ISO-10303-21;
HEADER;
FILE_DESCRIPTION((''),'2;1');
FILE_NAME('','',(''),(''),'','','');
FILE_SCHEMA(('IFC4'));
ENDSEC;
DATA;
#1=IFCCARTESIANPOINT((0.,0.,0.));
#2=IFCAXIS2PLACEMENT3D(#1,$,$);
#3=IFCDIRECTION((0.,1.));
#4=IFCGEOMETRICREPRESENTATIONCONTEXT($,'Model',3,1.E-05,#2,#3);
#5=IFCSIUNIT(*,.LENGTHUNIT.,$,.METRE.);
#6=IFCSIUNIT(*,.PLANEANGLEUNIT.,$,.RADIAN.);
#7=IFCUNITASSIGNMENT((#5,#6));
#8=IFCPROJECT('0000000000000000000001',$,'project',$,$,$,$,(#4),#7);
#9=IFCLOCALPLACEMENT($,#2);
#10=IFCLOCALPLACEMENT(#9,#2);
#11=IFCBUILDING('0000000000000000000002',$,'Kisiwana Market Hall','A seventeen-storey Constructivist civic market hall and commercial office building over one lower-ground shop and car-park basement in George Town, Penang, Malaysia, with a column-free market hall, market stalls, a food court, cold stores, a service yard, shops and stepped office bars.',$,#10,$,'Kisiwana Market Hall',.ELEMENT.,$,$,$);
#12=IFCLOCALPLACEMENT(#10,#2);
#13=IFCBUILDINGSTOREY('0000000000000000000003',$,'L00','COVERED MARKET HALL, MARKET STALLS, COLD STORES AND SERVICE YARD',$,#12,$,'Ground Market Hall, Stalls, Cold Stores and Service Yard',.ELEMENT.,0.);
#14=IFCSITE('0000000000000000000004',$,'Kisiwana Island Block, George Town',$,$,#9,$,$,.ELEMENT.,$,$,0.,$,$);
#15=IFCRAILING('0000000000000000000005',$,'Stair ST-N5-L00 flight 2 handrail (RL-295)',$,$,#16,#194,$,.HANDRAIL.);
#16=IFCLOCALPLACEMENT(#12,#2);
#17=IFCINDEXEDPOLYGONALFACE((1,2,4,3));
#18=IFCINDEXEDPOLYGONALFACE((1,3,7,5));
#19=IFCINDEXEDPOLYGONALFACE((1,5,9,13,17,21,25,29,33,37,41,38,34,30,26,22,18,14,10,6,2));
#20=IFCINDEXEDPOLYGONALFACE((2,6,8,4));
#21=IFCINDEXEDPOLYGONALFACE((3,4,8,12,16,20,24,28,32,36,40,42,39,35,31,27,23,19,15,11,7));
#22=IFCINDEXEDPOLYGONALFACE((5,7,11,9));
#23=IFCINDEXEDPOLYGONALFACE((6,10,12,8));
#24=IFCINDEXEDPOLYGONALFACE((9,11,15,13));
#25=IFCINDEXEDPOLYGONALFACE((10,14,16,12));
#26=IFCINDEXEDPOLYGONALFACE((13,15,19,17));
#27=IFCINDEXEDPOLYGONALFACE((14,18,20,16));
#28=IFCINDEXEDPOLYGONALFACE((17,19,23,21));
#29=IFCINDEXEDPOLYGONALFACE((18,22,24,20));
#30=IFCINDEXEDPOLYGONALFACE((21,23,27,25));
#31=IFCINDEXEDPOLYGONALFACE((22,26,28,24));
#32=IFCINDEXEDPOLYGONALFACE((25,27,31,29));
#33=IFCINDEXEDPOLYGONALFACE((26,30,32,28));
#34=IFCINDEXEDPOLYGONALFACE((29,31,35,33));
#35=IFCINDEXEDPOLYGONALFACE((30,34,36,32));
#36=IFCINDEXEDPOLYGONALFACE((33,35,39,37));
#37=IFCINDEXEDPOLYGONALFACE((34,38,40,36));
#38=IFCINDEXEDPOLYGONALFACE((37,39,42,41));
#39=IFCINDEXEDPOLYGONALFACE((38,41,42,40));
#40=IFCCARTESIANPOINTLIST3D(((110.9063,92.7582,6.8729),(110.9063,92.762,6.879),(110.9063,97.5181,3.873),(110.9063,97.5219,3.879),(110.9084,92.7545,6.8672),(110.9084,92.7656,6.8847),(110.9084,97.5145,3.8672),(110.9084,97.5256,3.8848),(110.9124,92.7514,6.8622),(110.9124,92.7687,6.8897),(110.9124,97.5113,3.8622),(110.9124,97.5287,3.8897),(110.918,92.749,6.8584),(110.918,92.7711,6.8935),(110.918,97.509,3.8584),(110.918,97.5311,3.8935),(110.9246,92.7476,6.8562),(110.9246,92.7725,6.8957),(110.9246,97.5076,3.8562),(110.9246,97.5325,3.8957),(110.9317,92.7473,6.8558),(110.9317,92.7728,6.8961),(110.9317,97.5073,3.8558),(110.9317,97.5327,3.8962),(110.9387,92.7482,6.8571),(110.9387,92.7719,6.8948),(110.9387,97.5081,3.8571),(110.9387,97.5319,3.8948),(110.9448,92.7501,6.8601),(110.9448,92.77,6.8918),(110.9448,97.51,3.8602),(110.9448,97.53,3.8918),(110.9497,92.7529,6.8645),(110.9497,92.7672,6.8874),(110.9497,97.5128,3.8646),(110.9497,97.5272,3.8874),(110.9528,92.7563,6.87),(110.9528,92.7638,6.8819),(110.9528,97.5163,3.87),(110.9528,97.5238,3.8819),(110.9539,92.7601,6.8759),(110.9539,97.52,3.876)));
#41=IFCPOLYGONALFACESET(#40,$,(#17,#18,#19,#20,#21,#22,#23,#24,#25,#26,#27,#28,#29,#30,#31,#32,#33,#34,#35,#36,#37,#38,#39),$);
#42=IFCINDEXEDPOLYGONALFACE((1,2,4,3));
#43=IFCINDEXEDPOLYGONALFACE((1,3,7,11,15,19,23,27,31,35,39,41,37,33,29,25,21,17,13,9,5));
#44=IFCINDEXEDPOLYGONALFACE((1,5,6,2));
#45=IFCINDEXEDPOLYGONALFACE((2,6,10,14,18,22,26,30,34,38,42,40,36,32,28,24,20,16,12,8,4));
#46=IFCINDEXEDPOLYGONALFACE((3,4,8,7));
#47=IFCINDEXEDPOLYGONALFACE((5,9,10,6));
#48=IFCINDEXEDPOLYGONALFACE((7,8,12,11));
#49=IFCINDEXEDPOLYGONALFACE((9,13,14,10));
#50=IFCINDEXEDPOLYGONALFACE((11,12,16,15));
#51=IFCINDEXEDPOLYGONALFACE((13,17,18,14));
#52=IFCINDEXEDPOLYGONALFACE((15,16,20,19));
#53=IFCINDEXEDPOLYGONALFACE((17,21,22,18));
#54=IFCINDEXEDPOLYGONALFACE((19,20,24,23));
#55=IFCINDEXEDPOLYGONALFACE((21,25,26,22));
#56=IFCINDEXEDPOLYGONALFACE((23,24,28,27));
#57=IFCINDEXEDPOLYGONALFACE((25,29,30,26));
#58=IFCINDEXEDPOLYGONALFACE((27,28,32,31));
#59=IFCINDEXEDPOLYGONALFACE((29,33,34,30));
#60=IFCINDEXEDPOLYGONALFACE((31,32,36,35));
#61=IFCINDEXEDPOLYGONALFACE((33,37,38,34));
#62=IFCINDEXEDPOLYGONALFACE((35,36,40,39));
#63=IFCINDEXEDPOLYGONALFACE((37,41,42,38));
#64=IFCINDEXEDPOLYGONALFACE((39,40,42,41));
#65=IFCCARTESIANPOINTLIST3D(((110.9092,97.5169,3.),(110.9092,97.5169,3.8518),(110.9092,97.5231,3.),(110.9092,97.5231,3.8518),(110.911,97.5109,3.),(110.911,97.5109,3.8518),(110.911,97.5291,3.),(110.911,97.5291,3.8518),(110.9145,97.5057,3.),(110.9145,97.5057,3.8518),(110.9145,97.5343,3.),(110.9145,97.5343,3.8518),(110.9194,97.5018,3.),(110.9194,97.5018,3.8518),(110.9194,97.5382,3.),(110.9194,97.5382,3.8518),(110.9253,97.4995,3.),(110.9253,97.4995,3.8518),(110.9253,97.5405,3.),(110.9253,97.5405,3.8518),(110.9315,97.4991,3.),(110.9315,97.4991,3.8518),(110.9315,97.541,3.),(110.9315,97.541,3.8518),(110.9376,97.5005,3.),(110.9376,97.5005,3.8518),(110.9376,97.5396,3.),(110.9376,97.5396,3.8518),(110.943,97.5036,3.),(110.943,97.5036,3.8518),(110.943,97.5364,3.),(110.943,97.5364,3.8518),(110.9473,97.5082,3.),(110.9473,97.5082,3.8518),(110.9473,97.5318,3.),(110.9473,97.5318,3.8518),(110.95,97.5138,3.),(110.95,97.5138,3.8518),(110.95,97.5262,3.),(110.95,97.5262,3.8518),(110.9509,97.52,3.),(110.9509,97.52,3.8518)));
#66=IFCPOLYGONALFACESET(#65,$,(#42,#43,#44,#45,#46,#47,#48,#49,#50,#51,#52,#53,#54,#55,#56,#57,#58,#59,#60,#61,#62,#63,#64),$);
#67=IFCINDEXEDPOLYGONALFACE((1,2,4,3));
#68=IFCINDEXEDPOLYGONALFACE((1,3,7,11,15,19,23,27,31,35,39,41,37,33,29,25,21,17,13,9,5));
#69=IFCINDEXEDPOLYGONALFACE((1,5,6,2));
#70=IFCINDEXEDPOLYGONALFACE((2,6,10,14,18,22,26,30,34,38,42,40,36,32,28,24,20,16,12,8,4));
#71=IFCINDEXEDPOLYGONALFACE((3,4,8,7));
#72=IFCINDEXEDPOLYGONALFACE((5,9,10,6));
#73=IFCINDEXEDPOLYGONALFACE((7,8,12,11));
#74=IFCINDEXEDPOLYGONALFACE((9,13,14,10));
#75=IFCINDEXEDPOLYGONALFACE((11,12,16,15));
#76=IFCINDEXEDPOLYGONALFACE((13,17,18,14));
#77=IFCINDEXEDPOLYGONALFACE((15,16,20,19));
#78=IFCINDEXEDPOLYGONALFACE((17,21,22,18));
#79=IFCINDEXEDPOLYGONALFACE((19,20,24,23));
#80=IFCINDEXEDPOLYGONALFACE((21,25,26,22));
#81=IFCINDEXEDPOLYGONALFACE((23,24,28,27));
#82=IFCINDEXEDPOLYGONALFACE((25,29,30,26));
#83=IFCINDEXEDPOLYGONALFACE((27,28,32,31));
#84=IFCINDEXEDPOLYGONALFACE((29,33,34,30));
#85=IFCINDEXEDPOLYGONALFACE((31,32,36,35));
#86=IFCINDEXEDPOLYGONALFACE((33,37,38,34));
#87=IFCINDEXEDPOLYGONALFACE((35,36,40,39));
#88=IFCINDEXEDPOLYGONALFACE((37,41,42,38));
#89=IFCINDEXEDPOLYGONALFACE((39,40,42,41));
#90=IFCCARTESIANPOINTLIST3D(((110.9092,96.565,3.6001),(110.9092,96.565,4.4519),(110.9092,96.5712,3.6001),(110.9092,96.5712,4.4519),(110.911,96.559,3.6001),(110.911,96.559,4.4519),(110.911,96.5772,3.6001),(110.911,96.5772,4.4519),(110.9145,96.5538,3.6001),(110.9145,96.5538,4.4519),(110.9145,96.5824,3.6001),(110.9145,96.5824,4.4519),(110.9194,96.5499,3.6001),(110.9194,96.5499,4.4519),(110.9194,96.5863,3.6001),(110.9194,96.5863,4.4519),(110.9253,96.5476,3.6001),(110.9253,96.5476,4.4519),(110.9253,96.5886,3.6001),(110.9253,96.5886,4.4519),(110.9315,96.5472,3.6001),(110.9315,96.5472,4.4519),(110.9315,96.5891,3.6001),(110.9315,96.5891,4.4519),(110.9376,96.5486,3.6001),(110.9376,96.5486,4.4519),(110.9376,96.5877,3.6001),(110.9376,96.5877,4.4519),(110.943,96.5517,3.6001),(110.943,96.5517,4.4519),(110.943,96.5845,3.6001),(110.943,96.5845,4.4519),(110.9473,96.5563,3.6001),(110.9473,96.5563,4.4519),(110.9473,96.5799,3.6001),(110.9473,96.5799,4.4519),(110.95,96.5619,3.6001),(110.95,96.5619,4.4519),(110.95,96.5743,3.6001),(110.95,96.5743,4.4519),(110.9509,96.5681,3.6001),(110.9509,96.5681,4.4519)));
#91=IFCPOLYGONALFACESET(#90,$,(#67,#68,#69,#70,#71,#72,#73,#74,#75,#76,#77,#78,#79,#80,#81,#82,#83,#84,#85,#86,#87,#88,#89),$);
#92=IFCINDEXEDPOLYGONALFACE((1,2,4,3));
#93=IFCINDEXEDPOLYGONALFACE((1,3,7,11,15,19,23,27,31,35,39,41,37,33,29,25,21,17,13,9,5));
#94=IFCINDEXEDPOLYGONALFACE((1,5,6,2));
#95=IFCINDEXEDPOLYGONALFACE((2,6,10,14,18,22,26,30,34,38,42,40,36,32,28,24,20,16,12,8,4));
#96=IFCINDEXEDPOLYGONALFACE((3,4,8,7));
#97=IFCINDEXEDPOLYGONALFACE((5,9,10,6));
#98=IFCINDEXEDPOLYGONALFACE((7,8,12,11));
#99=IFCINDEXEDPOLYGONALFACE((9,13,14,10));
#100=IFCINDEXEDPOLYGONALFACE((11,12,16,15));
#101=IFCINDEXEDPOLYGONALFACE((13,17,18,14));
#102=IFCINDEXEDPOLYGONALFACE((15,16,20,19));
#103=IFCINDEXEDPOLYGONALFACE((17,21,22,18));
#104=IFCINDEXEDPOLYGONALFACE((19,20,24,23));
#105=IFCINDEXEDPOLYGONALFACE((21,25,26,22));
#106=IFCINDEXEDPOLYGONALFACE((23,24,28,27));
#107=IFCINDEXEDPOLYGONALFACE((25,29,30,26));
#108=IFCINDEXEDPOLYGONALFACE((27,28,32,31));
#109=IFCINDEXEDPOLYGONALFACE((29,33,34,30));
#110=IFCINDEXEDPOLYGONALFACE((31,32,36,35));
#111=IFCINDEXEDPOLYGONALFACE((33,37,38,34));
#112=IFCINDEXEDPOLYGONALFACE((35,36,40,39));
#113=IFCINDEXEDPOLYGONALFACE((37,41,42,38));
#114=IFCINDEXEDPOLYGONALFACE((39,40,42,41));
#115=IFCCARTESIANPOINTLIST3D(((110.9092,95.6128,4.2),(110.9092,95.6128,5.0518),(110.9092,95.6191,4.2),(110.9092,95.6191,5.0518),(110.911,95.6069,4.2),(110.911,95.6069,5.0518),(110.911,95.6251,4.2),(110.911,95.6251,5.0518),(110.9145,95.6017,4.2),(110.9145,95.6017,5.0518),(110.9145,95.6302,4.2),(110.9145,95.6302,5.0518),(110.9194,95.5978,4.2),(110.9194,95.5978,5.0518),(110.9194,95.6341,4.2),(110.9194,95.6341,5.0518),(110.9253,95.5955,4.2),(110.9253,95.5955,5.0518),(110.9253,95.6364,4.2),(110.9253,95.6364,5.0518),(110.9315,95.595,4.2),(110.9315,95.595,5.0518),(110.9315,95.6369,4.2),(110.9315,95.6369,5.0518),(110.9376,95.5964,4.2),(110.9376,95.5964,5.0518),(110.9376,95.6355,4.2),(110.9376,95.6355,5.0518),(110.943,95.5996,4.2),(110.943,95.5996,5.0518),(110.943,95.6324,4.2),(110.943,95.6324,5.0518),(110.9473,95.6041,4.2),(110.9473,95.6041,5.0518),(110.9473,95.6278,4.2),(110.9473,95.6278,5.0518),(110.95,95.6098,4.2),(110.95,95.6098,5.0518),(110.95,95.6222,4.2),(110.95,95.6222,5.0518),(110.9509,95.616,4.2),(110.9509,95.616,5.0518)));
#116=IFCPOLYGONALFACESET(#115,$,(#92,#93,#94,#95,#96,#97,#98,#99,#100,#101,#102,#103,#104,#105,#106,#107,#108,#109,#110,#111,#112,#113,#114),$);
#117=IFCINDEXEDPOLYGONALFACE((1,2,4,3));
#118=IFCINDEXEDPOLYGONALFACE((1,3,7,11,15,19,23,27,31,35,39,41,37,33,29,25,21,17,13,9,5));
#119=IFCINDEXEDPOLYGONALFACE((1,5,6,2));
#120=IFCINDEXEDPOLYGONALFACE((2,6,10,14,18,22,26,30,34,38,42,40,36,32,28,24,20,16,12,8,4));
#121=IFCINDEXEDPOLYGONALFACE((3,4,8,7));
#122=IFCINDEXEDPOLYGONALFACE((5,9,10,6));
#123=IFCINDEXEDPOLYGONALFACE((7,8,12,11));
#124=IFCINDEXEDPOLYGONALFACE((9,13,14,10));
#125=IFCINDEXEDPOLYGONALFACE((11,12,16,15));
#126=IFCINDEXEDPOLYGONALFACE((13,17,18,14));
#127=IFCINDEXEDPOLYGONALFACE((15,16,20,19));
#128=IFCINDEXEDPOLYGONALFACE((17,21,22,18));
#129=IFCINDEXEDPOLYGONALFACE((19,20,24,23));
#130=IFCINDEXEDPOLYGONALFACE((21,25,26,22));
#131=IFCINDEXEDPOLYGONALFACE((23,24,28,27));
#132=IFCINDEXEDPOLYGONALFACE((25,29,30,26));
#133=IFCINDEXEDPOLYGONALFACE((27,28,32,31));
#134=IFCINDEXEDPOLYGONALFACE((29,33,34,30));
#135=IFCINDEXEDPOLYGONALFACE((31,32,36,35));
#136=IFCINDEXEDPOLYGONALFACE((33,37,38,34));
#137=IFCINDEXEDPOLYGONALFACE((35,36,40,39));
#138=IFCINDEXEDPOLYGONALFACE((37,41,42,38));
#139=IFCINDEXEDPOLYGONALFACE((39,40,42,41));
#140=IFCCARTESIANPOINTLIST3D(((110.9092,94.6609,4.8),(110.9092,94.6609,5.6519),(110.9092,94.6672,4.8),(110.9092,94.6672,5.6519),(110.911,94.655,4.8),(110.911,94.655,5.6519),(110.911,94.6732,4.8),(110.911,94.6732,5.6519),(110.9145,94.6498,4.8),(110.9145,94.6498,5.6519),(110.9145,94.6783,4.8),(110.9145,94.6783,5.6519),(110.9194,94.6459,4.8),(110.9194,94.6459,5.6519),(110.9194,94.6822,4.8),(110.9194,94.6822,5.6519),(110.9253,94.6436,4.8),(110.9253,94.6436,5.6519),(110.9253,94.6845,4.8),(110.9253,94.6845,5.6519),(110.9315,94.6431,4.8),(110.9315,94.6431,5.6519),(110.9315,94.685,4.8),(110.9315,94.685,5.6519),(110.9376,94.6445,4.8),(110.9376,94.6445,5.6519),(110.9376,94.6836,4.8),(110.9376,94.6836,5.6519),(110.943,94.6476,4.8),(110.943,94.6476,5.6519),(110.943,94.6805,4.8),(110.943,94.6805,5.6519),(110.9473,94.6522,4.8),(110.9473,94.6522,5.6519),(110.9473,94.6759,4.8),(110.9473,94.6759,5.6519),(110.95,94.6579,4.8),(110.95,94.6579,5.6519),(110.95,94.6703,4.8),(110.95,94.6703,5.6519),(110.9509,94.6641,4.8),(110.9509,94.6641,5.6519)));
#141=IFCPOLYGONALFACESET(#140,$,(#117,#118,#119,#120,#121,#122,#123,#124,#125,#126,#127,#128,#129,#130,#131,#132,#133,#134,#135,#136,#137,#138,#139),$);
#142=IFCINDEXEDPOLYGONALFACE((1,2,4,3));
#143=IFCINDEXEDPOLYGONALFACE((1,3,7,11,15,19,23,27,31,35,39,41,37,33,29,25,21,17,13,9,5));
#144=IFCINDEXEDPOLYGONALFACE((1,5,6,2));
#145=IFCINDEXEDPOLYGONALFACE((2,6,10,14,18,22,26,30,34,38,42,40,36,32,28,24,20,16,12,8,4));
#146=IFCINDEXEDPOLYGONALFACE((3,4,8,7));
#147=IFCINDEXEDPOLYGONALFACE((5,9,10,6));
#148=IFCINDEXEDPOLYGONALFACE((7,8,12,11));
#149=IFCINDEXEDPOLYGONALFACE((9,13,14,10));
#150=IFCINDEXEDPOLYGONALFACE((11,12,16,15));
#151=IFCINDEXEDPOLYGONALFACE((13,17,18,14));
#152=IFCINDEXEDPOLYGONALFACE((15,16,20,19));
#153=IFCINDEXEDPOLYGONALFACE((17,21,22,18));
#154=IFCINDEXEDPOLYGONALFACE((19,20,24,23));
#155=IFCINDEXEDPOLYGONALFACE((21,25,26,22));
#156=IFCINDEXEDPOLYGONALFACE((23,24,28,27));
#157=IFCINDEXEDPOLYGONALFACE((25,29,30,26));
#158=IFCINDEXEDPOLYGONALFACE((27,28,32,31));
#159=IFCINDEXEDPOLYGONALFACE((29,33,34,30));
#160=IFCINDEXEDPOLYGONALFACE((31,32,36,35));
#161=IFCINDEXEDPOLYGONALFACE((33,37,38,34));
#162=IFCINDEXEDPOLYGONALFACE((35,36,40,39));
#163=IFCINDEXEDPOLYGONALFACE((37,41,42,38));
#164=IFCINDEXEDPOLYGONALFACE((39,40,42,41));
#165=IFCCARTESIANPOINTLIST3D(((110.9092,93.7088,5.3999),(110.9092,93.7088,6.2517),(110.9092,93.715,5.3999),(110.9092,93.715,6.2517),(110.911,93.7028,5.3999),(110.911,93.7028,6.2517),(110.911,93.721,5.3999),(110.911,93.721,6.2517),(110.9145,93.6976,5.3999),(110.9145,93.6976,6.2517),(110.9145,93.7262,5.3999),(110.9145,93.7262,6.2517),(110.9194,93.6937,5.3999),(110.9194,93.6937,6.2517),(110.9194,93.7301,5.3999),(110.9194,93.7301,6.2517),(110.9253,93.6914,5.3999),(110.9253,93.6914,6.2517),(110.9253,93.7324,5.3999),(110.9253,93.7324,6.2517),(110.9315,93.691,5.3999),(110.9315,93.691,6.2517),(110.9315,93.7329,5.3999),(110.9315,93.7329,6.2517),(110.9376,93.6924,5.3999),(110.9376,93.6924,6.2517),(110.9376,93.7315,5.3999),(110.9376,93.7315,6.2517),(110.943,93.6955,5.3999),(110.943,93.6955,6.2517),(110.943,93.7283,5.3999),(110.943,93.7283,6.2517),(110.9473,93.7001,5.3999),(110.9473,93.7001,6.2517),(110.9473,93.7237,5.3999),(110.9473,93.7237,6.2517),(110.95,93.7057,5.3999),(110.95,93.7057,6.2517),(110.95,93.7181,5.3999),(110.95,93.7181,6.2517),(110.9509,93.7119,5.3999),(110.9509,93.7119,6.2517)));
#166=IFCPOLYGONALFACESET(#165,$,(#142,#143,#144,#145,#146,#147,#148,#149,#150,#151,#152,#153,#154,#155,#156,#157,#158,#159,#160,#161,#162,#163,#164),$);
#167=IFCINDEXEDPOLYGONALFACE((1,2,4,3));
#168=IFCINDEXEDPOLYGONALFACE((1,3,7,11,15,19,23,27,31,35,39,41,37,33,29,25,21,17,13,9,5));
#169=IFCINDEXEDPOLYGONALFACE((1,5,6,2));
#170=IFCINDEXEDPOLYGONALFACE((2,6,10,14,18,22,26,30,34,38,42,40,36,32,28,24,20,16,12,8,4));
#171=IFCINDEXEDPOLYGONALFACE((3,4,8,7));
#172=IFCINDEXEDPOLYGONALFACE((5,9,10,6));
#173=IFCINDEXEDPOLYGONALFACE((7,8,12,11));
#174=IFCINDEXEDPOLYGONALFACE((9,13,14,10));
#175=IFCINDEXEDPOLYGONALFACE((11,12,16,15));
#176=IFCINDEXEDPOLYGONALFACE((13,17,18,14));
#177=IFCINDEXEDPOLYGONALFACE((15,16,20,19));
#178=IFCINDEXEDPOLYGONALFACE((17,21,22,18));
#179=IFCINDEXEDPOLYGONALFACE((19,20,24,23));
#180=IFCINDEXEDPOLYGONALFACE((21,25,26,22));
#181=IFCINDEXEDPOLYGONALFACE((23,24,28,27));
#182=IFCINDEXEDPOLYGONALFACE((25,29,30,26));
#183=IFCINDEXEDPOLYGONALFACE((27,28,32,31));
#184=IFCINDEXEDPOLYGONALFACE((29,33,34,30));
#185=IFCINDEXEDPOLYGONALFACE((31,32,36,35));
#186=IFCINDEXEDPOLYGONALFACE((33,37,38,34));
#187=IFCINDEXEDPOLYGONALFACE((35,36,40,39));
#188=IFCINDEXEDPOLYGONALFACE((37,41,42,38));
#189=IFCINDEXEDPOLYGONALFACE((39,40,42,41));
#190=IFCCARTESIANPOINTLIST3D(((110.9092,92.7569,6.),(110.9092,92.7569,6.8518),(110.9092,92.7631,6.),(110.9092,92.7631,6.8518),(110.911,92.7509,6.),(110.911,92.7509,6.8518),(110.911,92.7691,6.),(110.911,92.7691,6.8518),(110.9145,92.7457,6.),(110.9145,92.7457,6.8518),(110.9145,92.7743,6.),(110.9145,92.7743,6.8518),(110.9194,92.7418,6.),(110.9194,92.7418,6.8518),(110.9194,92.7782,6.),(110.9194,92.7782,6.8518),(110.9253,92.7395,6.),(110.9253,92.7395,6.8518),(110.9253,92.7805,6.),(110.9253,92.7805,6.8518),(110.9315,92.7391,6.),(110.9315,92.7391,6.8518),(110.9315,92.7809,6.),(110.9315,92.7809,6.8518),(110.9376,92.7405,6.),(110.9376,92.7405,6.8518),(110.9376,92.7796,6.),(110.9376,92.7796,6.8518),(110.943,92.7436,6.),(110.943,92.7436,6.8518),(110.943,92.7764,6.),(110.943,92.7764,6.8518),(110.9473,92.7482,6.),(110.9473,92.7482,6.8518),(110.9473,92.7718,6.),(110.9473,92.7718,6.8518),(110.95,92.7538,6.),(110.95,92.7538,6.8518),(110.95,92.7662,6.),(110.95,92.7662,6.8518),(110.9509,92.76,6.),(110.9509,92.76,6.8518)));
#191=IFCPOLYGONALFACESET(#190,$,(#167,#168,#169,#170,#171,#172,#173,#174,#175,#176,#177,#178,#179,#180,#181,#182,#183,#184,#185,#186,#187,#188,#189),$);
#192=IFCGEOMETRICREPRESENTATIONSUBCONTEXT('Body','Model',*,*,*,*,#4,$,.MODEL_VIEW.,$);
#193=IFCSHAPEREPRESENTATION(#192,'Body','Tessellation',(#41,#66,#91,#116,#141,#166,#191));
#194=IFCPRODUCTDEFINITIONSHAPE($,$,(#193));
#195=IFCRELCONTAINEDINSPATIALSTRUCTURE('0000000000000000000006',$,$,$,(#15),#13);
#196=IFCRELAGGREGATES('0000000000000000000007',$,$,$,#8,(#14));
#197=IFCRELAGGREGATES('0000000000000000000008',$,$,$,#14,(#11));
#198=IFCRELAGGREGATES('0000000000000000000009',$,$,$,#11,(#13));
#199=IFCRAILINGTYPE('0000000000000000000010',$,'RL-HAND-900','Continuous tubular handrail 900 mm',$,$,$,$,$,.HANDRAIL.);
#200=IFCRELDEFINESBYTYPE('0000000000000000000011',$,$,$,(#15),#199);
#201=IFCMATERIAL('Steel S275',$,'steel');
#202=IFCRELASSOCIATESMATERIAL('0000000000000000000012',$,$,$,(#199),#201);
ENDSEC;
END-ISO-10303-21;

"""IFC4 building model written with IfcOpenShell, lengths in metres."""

from ifc_helpers import new_model, si_unit, direction, frame, origin, origin_2d, place, context, subcontext, project, spatial, circle, extrude, material, type_object, element, save


model = new_model("IFC4")

# Units and contexts
model_context = context("Model", 3, precision=1e-05, world=origin(), true_north=direction((0.0, 1.0)))
body_context = subcontext(model_context, "Body", "Model", "MODEL_VIEW")
ifc_project = project(units=[si_unit("LENGTHUNIT", "METRE"), si_unit("PLANEANGLEUNIT", "RADIAN")], contexts=[model_context])

# Site, building, storey
site_placement = place(None, origin())
site = spatial("IfcSite", under=ifc_project, at=site_placement, Name="Kisiwana Island Block, George Town", CompositionType="ELEMENT", RefElevation=0.0)
building_placement = place(site_placement, origin())
building = spatial("IfcBuilding", under=site, at=building_placement, Name="Kisiwana Market Hall", Description="A seventeen-storey Constructivist civic market hall and commercial office building over one lower-ground shop and car-park basement in George Town, Penang, Malaysia, with a column-free market hall, market stalls, a food court, cold stores, a service yard, shops and stepped office bars.", LongName="Kisiwana Market Hall", CompositionType="ELEMENT")
storey_placement = place(building_placement, origin())
storey = spatial("IfcBuildingStorey", under=building, at=storey_placement, Name="L00", Description="COVERED MARKET HALL, MARKET STALLS, COLD STORES AND SERVICE YARD", LongName="Ground Market Hall, Stalls, Cold Stores and Service Yard", CompositionType="ELEMENT", Elevation=0.0)

# Railing
ifc_material_1 = material(Name="Steel S275", Category="steel")
railing_type = type_object("IfcRailingType", Name="RL-HAND-900", Description="Continuous tubular handrail 900 mm", PredefinedType="HANDRAIL", material=ifc_material_1)
for number, where, name in (
    (1, (110.9299, 97.52, 3.0), "Stair ST-N5-L00 flight 2 handrail (RL-295)"),
):
    element("IfcRailing", number, at=place(storey_placement, frame(where)), inside=storey, type_object=railing_type, Name=name, PredefinedType="HANDRAIL", context=body_context, shape_type="SweptSolid", body=[
        extrude(circle(Radius=0.0239, at=origin_2d()), frame((0.0, 0.0, 0.876), z_axis=(0.0, -0.845996, 0.53319), x_axis=(1.0, 0.0, 0.0)), (0.0, 0.0, 1.0), 5.6265),
        extrude(circle(Radius=0.021, at=origin_2d()), origin(), (0.0, 0.0, 1.0), 0.8518),
        extrude(circle(Radius=0.021, at=origin_2d()), frame((0.0, -0.9519, 0.6001)), (0.0, 0.0, 1.0), 0.8518),
        extrude(circle(Radius=0.021, at=origin_2d()), frame((0.0, -1.9041, 1.2)), (0.0, 0.0, 1.0), 0.8518),
        extrude(circle(Radius=0.021, at=origin_2d()), frame((0.0, -2.856, 1.8)), (0.0, 0.0, 1.0), 0.8518),
        extrude(circle(Radius=0.021, at=origin_2d()), frame((0.0, -3.8081, 2.3999)), (0.0, 0.0, 1.0), 0.8518),
        extrude(circle(Radius=0.021, at=origin_2d()), frame((0.0, -4.76, 3.0)), (0.0, 0.0, 1.0), 0.8518),
    ])

save(model, "model.ifc")
